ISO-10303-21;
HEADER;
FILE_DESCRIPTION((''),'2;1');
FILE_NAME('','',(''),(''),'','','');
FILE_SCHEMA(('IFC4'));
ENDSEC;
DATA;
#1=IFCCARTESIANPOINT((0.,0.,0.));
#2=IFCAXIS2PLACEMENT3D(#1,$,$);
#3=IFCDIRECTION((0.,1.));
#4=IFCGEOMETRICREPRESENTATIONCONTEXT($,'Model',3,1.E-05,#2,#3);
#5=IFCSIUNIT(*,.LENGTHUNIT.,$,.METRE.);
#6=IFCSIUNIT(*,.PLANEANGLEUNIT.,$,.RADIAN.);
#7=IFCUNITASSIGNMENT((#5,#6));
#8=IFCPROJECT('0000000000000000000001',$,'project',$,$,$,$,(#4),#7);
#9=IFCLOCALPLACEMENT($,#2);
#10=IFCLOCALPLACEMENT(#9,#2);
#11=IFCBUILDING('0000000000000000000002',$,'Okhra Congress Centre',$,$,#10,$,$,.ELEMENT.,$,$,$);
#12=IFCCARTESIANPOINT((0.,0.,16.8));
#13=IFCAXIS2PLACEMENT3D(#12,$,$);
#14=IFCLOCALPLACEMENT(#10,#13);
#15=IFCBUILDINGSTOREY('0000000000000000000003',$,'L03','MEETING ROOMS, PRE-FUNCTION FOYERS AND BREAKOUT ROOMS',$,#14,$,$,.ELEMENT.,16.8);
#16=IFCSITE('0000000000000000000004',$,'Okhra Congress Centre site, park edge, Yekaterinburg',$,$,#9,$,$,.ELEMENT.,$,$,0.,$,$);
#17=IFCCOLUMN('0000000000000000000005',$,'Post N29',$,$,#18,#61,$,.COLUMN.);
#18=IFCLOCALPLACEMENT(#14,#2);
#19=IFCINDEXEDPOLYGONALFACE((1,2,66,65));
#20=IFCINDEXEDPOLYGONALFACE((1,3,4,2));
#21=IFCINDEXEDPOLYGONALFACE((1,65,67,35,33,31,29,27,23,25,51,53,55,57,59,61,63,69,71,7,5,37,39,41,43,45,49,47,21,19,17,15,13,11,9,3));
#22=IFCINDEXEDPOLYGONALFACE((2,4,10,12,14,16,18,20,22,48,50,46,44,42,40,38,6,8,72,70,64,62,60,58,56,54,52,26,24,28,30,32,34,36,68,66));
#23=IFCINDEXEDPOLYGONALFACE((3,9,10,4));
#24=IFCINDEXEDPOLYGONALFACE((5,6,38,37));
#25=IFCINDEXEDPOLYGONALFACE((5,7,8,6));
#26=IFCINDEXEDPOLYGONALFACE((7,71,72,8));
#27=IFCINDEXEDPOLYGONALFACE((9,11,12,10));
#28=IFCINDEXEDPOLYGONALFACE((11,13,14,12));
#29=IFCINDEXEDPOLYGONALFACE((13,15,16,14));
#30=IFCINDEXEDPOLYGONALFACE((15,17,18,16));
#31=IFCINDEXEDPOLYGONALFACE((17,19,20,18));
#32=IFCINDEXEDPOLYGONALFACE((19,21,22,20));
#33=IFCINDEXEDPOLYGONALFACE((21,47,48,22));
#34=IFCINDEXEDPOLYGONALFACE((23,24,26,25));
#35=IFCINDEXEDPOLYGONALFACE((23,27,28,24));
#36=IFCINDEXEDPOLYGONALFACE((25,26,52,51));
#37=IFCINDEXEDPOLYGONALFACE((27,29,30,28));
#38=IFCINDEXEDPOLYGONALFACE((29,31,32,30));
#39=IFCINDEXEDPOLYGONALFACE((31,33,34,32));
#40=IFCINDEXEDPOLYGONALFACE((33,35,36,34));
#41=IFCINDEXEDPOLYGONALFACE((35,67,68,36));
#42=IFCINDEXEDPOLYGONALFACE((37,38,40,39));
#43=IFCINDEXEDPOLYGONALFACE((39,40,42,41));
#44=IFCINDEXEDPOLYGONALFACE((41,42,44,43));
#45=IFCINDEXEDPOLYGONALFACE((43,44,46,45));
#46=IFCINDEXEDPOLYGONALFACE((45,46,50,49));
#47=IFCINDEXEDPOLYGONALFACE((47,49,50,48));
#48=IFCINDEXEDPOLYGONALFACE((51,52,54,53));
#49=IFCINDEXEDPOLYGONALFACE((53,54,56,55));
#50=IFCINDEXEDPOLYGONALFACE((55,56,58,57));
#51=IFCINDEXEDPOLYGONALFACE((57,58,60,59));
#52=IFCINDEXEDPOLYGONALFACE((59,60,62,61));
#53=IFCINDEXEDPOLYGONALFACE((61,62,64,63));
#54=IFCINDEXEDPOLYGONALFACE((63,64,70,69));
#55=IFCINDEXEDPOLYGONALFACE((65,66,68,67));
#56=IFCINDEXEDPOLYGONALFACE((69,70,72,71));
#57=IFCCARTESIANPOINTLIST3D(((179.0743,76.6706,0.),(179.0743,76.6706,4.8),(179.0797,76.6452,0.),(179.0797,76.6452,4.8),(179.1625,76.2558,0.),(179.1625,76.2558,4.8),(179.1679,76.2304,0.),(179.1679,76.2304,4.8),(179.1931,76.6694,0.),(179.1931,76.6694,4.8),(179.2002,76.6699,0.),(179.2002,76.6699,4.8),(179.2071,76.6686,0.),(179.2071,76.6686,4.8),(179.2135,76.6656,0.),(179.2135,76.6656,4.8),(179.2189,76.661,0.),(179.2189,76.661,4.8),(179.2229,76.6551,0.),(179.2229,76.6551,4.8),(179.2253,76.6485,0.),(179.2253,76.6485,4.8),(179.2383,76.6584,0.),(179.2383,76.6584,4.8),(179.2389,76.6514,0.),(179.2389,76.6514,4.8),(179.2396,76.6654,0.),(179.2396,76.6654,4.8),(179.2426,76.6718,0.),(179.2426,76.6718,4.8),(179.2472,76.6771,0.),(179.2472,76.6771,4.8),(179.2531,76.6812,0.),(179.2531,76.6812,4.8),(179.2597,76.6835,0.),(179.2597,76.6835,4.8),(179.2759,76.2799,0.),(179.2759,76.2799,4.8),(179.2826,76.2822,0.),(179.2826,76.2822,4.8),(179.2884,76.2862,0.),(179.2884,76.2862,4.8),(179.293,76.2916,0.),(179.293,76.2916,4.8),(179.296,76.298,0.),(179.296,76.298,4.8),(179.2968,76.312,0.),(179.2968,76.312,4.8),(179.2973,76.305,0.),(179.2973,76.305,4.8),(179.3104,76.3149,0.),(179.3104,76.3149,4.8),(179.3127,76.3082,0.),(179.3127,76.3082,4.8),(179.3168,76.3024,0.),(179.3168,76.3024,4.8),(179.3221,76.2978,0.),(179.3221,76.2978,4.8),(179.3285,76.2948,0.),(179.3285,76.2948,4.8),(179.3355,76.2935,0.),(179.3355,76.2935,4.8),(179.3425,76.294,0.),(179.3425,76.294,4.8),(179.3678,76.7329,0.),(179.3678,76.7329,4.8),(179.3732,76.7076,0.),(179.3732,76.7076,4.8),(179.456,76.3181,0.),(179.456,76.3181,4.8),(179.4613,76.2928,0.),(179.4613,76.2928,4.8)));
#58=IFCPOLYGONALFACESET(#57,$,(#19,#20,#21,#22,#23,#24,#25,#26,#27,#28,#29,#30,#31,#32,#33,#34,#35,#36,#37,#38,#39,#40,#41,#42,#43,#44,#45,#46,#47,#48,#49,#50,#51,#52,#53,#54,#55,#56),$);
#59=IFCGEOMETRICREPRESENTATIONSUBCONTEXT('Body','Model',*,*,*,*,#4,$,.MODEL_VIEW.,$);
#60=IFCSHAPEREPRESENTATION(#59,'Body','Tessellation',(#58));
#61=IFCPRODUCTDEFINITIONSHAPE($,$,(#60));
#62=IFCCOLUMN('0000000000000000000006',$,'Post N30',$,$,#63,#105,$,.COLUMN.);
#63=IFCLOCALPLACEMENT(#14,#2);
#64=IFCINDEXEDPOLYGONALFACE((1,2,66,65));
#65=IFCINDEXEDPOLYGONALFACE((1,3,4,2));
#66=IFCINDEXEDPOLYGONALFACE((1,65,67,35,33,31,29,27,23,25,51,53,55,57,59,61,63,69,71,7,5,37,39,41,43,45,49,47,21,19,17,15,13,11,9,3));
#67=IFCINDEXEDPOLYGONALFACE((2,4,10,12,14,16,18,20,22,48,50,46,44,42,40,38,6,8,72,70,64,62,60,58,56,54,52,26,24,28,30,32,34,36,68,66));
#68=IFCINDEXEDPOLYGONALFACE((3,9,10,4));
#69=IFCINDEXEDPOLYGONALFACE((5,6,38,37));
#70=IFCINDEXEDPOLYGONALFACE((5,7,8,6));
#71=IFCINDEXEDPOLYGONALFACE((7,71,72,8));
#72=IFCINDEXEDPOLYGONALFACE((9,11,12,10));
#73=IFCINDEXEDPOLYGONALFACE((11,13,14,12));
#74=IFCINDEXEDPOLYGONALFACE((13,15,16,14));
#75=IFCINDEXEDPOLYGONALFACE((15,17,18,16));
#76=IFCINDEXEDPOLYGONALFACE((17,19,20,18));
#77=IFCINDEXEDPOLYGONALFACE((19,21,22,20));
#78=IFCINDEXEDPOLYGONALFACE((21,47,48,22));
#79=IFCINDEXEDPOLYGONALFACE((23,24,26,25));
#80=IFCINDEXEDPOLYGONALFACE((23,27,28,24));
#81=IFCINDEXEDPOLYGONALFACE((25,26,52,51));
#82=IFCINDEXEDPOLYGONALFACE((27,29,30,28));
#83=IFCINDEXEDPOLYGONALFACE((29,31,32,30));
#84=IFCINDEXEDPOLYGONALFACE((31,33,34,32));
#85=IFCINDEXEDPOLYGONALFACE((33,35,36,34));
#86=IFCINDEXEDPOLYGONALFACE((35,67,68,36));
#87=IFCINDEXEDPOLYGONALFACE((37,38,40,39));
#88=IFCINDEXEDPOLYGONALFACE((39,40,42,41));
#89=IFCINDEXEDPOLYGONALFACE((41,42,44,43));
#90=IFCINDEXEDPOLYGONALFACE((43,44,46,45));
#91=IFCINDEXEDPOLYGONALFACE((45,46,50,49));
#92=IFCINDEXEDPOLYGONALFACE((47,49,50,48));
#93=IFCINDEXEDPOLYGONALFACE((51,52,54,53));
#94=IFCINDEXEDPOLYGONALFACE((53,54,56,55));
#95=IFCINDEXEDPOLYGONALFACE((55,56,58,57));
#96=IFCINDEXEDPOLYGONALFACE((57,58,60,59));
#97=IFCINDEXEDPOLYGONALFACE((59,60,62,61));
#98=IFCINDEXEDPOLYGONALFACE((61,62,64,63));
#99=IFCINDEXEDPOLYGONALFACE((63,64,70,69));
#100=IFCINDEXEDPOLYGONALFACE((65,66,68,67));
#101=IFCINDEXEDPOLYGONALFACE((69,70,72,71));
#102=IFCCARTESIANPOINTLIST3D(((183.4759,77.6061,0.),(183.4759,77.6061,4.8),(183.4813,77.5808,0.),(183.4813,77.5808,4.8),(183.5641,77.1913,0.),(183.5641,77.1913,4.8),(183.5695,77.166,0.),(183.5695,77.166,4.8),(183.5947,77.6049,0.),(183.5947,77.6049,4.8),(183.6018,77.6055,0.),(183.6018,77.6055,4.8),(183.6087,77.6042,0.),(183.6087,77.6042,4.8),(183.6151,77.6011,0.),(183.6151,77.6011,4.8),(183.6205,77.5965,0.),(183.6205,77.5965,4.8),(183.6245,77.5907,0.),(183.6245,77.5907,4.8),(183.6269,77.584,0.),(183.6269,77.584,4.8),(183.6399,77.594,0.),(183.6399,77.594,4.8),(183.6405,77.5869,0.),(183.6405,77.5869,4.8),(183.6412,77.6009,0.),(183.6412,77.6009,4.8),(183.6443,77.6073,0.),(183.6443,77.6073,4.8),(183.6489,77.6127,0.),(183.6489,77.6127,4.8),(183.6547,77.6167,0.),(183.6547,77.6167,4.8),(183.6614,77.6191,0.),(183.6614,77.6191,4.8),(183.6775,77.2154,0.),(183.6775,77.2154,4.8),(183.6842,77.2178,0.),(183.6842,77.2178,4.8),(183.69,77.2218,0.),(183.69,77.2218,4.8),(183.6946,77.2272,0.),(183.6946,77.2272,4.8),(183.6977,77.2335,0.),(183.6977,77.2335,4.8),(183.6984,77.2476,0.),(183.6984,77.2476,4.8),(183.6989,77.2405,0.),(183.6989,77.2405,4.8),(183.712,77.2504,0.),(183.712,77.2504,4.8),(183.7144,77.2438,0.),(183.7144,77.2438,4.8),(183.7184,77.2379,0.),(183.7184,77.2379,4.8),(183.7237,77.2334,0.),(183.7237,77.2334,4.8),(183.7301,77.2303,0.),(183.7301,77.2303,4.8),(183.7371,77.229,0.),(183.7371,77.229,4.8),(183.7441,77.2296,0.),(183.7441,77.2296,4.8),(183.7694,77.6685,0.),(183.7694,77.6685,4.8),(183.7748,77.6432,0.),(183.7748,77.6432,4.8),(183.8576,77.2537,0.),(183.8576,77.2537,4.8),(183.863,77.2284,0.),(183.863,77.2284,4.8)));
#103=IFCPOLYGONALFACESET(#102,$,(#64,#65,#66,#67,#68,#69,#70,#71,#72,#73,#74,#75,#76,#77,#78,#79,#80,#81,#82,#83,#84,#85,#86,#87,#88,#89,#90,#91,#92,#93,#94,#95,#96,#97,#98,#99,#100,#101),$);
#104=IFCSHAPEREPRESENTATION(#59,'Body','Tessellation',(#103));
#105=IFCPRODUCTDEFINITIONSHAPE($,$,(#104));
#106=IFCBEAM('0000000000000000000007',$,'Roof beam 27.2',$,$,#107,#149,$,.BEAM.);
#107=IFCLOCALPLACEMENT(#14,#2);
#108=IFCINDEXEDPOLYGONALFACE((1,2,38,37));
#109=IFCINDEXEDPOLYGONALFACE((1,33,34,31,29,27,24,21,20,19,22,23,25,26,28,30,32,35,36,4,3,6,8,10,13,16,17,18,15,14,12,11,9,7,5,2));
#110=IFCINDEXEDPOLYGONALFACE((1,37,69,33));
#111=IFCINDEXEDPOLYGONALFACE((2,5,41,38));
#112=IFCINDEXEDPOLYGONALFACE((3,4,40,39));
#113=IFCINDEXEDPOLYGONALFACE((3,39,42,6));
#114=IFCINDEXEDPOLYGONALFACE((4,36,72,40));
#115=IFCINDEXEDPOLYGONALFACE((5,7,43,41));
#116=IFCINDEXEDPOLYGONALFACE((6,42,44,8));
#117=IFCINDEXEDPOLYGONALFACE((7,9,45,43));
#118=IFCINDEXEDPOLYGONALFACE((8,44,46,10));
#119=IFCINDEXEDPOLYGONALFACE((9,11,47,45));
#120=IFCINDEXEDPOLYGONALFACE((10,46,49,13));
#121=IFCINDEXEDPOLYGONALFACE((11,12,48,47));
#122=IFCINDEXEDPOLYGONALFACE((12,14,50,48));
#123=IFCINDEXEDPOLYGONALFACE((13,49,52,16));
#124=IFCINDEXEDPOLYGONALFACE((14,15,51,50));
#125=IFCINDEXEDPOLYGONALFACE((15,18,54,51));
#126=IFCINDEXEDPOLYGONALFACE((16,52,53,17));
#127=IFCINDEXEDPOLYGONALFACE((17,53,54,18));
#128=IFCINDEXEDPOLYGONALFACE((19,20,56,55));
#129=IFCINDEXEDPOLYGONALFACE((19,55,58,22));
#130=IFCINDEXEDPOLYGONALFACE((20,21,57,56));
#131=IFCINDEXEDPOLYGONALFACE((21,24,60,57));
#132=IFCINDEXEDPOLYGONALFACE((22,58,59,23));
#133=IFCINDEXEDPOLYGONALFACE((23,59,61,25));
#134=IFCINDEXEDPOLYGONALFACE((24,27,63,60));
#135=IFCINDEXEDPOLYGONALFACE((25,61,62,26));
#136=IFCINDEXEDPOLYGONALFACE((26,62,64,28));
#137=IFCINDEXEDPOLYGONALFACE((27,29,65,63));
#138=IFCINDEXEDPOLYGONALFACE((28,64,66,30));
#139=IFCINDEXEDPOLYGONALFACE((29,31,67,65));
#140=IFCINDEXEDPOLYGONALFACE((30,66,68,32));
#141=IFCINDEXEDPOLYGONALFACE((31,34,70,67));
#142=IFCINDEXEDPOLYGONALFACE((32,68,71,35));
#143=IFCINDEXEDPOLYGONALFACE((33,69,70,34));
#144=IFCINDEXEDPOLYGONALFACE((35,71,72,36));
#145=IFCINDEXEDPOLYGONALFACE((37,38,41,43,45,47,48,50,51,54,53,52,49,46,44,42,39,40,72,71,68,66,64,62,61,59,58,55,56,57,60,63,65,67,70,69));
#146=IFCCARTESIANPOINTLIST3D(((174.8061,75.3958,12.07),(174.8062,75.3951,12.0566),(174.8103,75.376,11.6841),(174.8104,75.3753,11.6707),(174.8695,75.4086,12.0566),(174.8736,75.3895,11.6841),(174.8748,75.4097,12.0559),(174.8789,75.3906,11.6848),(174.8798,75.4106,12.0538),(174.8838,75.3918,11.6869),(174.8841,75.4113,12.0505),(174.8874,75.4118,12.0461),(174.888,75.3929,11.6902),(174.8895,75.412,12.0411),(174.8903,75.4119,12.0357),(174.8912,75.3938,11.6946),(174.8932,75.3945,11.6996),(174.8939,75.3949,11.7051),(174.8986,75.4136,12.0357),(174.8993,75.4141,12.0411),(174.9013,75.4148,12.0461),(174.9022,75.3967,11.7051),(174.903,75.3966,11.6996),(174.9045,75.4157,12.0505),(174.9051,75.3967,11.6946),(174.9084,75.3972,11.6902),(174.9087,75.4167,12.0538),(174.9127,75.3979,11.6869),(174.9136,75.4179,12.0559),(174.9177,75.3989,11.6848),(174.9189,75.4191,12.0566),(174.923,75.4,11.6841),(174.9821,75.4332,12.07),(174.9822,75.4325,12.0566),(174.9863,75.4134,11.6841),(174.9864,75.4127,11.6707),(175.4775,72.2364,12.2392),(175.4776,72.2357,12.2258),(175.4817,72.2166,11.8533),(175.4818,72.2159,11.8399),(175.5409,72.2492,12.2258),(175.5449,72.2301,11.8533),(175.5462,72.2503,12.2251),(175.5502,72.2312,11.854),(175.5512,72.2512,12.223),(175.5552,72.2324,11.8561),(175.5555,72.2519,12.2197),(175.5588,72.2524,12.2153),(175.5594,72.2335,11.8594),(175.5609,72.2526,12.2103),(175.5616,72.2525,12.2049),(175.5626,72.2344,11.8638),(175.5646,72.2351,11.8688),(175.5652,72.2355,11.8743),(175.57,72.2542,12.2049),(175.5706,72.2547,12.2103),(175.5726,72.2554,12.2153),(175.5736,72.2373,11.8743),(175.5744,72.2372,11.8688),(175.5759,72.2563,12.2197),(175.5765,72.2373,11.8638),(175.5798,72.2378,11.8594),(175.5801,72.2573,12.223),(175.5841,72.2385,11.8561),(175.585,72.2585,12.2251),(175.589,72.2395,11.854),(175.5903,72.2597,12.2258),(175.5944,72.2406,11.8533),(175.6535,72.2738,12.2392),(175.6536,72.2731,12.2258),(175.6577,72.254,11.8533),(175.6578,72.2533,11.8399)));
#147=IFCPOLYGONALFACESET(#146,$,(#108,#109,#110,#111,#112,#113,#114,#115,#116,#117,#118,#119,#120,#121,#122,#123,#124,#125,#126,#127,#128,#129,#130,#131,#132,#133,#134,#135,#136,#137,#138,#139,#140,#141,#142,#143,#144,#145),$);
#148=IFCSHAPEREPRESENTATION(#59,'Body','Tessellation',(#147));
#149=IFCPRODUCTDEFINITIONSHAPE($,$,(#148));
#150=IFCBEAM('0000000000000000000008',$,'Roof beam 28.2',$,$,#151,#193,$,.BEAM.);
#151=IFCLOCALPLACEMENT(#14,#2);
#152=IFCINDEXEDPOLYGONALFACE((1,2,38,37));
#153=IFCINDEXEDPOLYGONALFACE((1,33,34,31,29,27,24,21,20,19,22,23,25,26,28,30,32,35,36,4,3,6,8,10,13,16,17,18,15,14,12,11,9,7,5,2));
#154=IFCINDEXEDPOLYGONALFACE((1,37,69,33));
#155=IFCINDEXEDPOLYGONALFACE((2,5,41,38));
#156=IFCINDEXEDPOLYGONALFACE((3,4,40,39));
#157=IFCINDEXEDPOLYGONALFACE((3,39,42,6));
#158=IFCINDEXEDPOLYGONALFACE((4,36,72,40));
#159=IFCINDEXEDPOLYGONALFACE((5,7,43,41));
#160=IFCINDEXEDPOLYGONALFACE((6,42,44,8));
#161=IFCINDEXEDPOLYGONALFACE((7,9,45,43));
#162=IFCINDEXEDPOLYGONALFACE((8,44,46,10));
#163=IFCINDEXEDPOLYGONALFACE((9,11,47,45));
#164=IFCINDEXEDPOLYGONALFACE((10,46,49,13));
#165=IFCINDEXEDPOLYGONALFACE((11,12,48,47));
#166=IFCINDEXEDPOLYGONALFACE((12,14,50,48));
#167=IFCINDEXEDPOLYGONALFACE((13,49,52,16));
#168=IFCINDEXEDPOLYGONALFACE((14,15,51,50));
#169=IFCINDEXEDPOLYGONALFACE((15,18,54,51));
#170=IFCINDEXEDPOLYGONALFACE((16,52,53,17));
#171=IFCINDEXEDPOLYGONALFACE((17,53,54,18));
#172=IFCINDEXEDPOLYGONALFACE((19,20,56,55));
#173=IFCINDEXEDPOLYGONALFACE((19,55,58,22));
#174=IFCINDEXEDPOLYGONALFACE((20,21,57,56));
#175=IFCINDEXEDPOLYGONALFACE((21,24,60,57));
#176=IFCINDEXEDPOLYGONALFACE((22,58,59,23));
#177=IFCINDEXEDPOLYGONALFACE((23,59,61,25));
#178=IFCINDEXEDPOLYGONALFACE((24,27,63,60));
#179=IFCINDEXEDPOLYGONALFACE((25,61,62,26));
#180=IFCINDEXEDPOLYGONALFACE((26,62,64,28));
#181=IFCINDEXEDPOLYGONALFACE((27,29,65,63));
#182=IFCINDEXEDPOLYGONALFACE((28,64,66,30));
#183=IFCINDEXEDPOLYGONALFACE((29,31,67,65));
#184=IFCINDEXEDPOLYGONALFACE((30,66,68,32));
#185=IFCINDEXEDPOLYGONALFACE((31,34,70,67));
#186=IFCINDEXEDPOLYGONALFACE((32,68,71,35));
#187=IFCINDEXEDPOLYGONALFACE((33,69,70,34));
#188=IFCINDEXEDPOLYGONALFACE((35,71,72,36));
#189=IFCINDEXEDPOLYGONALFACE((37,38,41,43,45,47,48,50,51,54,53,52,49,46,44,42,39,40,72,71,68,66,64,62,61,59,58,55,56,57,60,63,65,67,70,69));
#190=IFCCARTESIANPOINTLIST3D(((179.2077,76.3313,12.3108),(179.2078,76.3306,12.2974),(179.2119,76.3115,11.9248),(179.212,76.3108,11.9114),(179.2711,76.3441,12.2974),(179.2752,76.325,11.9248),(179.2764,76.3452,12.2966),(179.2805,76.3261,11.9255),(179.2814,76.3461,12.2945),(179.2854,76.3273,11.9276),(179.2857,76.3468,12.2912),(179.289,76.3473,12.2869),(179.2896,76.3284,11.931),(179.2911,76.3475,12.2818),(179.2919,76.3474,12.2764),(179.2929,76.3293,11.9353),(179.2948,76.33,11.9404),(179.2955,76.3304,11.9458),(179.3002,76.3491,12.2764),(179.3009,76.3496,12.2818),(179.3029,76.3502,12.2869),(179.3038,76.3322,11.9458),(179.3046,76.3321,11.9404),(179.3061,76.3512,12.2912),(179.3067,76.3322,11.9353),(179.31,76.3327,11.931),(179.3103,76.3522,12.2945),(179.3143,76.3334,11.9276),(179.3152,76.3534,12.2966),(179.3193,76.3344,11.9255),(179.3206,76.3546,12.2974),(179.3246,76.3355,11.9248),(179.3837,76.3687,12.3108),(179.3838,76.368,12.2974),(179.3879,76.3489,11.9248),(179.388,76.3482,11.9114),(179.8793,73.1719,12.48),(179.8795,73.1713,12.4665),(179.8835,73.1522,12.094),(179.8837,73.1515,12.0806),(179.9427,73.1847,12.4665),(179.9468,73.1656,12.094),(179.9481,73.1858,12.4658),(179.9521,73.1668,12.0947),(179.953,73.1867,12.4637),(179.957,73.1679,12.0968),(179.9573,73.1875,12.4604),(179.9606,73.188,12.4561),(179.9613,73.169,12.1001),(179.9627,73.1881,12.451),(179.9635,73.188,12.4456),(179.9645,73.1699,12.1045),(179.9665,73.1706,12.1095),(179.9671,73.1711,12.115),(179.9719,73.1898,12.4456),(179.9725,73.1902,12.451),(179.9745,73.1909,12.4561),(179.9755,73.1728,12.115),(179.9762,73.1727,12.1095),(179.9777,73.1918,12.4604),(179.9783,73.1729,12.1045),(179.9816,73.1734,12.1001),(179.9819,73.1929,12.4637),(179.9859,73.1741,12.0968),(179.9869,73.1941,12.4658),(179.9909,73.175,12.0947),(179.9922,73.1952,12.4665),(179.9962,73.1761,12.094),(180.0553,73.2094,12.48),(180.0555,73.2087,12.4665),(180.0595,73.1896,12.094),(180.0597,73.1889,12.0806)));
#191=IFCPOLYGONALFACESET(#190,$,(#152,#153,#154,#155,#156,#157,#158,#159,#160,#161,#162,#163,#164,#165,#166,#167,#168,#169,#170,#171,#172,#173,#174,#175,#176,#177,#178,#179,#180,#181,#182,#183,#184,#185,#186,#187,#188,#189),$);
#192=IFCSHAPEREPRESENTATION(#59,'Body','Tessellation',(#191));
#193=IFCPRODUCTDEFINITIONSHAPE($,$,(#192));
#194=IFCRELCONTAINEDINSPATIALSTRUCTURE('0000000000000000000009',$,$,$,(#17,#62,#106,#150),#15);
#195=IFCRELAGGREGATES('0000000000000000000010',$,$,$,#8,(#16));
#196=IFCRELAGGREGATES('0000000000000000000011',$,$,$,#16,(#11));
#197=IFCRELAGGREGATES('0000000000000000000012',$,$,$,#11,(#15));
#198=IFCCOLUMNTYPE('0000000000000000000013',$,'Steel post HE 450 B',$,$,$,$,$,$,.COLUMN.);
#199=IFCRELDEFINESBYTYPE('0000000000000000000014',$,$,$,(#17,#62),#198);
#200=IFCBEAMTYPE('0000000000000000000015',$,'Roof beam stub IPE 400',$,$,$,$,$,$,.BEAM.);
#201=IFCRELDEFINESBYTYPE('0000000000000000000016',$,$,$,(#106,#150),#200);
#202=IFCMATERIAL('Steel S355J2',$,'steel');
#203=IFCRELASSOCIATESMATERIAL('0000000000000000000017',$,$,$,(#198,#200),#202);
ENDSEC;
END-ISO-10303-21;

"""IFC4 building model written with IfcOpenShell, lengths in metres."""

from ifc_helpers import new_model, si_unit, direction, frame, origin, origin_2d, place, context, subcontext, project, spatial, i_section, extrude, material, material_profile, profile_set, type_object, element, save


model = new_model("IFC4")

# Units and contexts
model_context = context("Model", 3, precision=1e-05, world=origin(), true_north=direction((0.0, 1.0)))
body_context = subcontext(model_context, "Body", "Model", "MODEL_VIEW")
ifc_project = project(units=[si_unit("LENGTHUNIT", "METRE"), si_unit("PLANEANGLEUNIT", "RADIAN")], contexts=[model_context])

# Site, building, storey
site_placement = place(None, origin())
site = spatial("IfcSite", under=ifc_project, at=site_placement, Name="Okhra Congress Centre site, park edge, Yekaterinburg", CompositionType="ELEMENT", RefElevation=0.0)
building_placement = place(site_placement, origin())
building = spatial("IfcBuilding", under=site, at=building_placement, Name="Okhra Congress Centre", CompositionType="ELEMENT")
storey_placement = place(building_placement, frame((0.0, 0.0, 16.8)))
storey = spatial("IfcBuildingStorey", under=building, at=storey_placement, Name="L03", Description="MEETING ROOMS, PRE-FUNCTION FOYERS AND BREAKOUT ROOMS", CompositionType="ELEMENT", Elevation=16.8)

# Columns
ifc_material_1 = material(Name="Steel S355J2", Category="steel")
ifc_material_profile_1 = material_profile(ifc_material_1, i_section(OverallWidth=0.3, OverallDepth=0.45, WebThickness=0.0139, FlangeThickness=0.0259, FilletRadius=0.0271, at=origin_2d()), Name="HE 450 B")
ifc_profile_set_1 = profile_set([ifc_material_profile_1], Name="Steel S355J2")
column_type = type_object("IfcColumnType", Name="Steel post HE 450 B", PredefinedType="COLUMN", material=ifc_profile_set_1)
for number, where, z_axis, x_axis, name in (
    (1, (179.2678, 76.4817, 0.0), (0.0, 0.0, 1.0), (0.978148, 0.207912, 0.0), "Post N29"),
    (2, (183.6694, 77.4172, 0.0), (0.0, 0.0, 1.0), (0.978148, 0.207912, 0.0), "Post N30"),
):
    element("IfcColumn", number, at=place(storey_placement, frame(where, z_axis=z_axis, x_axis=x_axis)), inside=storey, type_object=column_type, Name=name, PredefinedType="COLUMN", context=body_context, shape_type="SweptSolid", body=[
        extrude(i_section(OverallWidth=0.3, OverallDepth=0.45, WebThickness=0.0139, FlangeThickness=0.0259, FilletRadius=0.0271, at=origin_2d()), origin(), (0.0, 0.0, 1.0), 4.8),
    ])

# Beams
ifc_material_profile_2 = material_profile(ifc_material_1, i_section(OverallWidth=0.1799, OverallDepth=0.3999, WebThickness=0.0085, FlangeThickness=0.0134, FilletRadius=0.021, at=origin_2d()), Name="IPE 400")
ifc_profile_set_2 = profile_set([ifc_material_profile_2], Name="Steel S355J2")
beam_type = type_object("IfcBeamType", Name="Roof beam stub IPE 400", PredefinedType="BEAM", material=ifc_profile_set_2)
for number, where, z_axis, x_axis, name in (
    (3, (175.5676, 72.2449, 12.0396), (-0.207577, 0.976819, -0.052309), (-0.978158, -0.207861, 0.0), "Roof beam 27.2"),
    (4, (179.9695, 73.1804, 12.2803), (-0.207649, 0.976804, -0.052309), (-0.978143, -0.207934, 0.0), "Roof beam 28.2"),
):
    element("IfcBeam", number, at=place(storey_placement, frame(where, z_axis=z_axis, x_axis=x_axis)), inside=storey, type_object=beam_type, Name=name, PredefinedType="BEAM", context=body_context, shape_type="SweptSolid", body=[
        extrude(i_section(OverallWidth=0.1799, OverallDepth=0.3999, WebThickness=0.0085, FlangeThickness=0.0134, FilletRadius=0.021, at=origin_2d()), origin(), (0.0, 0.0, 1.0), 3.2344),
    ])

save(model, "model.ifc")
